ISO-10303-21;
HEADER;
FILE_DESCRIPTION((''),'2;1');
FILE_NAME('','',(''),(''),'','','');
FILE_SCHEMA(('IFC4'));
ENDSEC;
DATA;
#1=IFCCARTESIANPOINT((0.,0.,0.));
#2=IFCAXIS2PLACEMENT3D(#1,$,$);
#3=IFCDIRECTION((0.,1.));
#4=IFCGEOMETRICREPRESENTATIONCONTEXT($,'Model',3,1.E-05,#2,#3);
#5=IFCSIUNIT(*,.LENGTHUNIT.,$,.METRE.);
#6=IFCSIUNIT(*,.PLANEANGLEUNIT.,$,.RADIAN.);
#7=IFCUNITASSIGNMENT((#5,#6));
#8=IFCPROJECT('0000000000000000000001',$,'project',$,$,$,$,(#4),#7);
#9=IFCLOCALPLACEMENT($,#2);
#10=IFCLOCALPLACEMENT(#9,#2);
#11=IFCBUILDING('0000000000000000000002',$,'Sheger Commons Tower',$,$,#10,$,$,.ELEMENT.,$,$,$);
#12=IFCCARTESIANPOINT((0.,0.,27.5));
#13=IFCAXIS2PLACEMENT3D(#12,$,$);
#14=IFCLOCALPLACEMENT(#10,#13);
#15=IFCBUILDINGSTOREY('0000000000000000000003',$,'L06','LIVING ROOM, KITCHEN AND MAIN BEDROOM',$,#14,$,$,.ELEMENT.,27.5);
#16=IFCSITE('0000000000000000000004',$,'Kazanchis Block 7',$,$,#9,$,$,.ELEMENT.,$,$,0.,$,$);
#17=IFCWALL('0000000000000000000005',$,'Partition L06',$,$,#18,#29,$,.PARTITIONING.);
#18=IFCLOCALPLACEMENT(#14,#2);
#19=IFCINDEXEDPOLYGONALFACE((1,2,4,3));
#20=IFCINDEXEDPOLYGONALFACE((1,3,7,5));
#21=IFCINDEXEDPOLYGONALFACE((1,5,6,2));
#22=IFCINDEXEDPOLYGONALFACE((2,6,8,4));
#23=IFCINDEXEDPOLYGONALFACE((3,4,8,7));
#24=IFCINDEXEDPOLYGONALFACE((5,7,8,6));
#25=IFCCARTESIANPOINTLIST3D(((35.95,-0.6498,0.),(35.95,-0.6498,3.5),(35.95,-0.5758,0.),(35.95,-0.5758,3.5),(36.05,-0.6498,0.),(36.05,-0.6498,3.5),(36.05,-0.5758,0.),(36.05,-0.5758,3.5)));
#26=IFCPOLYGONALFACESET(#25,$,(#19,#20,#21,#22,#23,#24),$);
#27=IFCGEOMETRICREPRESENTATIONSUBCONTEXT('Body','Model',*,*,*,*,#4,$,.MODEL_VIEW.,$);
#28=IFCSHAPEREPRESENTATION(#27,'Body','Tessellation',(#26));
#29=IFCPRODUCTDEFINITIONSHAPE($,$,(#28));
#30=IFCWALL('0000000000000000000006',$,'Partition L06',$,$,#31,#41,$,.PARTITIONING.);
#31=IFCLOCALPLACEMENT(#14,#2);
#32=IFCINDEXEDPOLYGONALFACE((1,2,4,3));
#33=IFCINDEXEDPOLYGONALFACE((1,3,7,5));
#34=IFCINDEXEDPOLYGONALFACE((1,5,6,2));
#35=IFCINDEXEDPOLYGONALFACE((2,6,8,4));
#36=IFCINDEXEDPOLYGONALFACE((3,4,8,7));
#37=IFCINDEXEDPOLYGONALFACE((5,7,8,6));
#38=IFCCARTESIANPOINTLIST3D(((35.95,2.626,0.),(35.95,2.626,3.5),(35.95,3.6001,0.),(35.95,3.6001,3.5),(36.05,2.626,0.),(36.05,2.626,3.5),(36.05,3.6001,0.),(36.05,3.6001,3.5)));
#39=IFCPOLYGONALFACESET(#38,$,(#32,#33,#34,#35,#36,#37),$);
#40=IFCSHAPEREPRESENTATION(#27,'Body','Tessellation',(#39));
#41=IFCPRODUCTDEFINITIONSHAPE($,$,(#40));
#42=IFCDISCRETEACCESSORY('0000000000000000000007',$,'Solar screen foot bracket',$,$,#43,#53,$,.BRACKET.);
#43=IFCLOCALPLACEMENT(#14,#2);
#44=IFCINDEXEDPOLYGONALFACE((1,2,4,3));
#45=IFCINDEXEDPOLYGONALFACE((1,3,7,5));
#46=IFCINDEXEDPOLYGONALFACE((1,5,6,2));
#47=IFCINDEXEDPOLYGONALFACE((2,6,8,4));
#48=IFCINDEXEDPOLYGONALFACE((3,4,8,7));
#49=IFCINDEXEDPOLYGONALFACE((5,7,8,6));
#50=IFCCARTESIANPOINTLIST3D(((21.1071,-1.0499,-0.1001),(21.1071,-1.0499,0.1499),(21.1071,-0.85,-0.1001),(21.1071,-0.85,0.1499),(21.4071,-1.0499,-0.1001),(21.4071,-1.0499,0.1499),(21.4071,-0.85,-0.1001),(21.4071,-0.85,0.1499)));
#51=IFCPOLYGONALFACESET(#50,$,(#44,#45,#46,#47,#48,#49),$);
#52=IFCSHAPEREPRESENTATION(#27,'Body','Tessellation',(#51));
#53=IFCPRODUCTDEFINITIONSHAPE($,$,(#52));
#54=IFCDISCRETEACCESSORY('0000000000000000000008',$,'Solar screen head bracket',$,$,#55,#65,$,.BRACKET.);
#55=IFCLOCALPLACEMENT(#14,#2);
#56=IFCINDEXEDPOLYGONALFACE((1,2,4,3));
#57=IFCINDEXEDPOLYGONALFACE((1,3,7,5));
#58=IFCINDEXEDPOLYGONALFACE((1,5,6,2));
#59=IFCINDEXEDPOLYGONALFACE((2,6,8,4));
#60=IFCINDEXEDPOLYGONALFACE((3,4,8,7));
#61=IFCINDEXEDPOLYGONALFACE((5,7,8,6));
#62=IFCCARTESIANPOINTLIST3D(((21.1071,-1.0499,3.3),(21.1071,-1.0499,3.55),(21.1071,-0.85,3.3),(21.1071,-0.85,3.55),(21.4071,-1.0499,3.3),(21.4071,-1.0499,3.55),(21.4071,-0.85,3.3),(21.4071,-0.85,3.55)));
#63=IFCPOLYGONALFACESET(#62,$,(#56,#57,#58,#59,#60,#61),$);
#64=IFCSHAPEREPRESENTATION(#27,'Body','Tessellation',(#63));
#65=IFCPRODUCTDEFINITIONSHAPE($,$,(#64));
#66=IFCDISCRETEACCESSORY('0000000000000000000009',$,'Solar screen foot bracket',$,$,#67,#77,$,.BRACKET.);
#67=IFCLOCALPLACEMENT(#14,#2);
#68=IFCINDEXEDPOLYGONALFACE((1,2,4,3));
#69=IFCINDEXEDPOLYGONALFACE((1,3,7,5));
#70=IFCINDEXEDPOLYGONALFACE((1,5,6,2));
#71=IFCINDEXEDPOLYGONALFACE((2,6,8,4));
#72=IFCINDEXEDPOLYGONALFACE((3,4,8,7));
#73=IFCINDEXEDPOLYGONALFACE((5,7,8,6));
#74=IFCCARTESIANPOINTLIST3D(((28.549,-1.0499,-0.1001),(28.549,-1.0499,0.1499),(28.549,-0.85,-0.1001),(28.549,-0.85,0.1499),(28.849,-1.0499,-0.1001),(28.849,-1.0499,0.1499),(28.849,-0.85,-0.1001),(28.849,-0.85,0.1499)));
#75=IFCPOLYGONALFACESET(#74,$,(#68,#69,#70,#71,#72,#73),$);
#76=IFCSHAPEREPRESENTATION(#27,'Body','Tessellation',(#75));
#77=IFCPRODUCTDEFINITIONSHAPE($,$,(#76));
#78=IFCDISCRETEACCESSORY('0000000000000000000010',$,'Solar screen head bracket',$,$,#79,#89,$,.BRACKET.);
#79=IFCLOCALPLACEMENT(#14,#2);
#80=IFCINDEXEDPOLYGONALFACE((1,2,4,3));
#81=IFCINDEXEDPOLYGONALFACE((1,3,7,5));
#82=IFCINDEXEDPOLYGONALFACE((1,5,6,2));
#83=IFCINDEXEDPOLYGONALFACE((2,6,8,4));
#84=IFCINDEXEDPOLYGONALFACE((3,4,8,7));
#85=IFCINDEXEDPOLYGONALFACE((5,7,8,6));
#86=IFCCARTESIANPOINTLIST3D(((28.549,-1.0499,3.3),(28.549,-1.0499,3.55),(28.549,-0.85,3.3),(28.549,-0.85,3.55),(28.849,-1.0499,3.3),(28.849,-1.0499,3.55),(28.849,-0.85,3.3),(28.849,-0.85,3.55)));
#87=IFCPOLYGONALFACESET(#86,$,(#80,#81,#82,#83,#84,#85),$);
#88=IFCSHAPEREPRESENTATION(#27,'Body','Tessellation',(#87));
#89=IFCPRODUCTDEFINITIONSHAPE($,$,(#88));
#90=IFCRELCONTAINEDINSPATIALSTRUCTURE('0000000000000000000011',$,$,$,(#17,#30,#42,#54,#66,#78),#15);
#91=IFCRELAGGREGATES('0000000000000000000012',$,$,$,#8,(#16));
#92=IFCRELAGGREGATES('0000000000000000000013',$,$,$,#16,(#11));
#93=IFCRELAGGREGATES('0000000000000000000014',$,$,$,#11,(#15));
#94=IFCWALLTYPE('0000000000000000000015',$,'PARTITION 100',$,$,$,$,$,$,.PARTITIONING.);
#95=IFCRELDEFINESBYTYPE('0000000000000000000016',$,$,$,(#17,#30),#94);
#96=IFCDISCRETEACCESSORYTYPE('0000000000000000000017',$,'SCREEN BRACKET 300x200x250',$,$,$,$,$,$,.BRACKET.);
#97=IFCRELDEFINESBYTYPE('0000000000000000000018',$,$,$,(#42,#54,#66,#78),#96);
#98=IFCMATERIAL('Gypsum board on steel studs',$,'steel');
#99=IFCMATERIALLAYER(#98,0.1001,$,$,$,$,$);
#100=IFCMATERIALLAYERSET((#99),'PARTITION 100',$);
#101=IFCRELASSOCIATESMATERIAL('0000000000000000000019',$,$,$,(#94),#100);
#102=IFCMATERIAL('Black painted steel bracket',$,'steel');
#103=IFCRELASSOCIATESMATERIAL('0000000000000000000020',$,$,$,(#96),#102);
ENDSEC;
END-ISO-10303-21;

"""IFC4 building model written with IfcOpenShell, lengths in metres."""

from ifc_helpers import new_model, si_unit, direction, frame, frame_2d, origin, origin_2d, place, context, subcontext, project, spatial, rectangle, extrude, material, layer, layer_set, type_object, element, save


model = new_model("IFC4")

# Units and contexts
model_context = context("Model", 3, precision=1e-05, world=origin(), true_north=direction((0.0, 1.0)))
body_context = subcontext(model_context, "Body", "Model", "MODEL_VIEW")
ifc_project = project(units=[si_unit("LENGTHUNIT", "METRE"), si_unit("PLANEANGLEUNIT", "RADIAN")], contexts=[model_context])

# Site, building, storey
site_placement = place(None, origin())
site = spatial("IfcSite", under=ifc_project, at=site_placement, Name="Kazanchis Block 7", CompositionType="ELEMENT", RefElevation=0.0)
building_placement = place(site_placement, origin())
building = spatial("IfcBuilding", under=site, at=building_placement, Name="Sheger Commons Tower", CompositionType="ELEMENT")
storey_placement = place(building_placement, frame((0.0, 0.0, 27.5)))
storey = spatial("IfcBuildingStorey", under=building, at=storey_placement, Name="L06", Description="LIVING ROOM, KITCHEN AND MAIN BEDROOM", CompositionType="ELEMENT", Elevation=27.5)

# Shared definitions
ifc_material_1 = material(Name="Gypsum board on steel studs", Category="steel")
ifc_layer_1 = layer(ifc_material_1, 0.1001)
ifc_layer_set_1 = layer_set([ifc_layer_1], Name="PARTITION 100")
wall_type_1 = type_object("IfcWallType", Name="PARTITION 100", PredefinedType="PARTITIONING", material=ifc_layer_set_1)

# Walls
wall_1_placement = place(storey_placement, frame((36.0, -0.6499, 0.0), z_axis=(0.0, 0.0, 1.0), x_axis=(0.0, 1.0, 0.0)))
element("IfcWall", 1, at=wall_1_placement, inside=storey, type_object=wall_type_1, Name="Partition L06", PredefinedType="PARTITIONING", context=body_context, shape_type="SweptSolid", body=[
    extrude(rectangle(XDim=0.074, YDim=0.1001, at=frame_2d((0.0371, 0.0))), origin(), (0.0, 0.0, 1.0), 3.5),
])
wall_2_placement = place(storey_placement, frame((36.0, 2.626, 0.0), z_axis=(0.0, 0.0, 1.0), x_axis=(0.0, 1.0, 0.0)))
element("IfcWall", 2, at=wall_2_placement, inside=storey, type_object=wall_type_1, Name="Partition L06", PredefinedType="PARTITIONING", context=body_context, shape_type="SweptSolid", body=[
    extrude(rectangle(XDim=0.9741, YDim=0.1001, at=frame_2d((0.4871, 0.0))), origin(), (0.0, 0.0, 1.0), 3.5),
])

# Discrete accessories
ifc_material_2 = material(Name="Black painted steel bracket", Category="steel")
discrete_accessory_type = type_object("IfcDiscreteAccessoryType", Name="SCREEN BRACKET 300x200x250", PredefinedType="BRACKET", material=ifc_material_2)
for number, where, z_axis, x_axis, name in (
    (3, (21.2571, -0.95, -0.1001), (0.0, 0.0, 1.0), (1.0, 0.0, 0.0), "Solar screen foot bracket"),
    (4, (21.2571, -0.95, 3.3), (0.0, 0.0, 1.0), (1.0, 0.0, 0.0), "Solar screen head bracket"),
    (5, (28.699, -0.95, -0.1001), (0.0, 0.0, 1.0), (1.0, 0.0, 0.0), "Solar screen foot bracket"),
    (6, (28.699, -0.95, 3.3), (0.0, 0.0, 1.0), (1.0, 0.0, 0.0), "Solar screen head bracket"),
):
    element("IfcDiscreteAccessory", number, at=place(storey_placement, frame(where, z_axis=z_axis, x_axis=x_axis)), inside=storey, type_object=discrete_accessory_type, Name=name, PredefinedType="BRACKET", context=body_context, shape_type="SweptSolid", body=[
        extrude(rectangle(XDim=0.3, YDim=0.2, at=origin_2d()), origin(), (0.0, 0.0, 1.0), 0.25),
    ])

save(model, "model.ifc")
